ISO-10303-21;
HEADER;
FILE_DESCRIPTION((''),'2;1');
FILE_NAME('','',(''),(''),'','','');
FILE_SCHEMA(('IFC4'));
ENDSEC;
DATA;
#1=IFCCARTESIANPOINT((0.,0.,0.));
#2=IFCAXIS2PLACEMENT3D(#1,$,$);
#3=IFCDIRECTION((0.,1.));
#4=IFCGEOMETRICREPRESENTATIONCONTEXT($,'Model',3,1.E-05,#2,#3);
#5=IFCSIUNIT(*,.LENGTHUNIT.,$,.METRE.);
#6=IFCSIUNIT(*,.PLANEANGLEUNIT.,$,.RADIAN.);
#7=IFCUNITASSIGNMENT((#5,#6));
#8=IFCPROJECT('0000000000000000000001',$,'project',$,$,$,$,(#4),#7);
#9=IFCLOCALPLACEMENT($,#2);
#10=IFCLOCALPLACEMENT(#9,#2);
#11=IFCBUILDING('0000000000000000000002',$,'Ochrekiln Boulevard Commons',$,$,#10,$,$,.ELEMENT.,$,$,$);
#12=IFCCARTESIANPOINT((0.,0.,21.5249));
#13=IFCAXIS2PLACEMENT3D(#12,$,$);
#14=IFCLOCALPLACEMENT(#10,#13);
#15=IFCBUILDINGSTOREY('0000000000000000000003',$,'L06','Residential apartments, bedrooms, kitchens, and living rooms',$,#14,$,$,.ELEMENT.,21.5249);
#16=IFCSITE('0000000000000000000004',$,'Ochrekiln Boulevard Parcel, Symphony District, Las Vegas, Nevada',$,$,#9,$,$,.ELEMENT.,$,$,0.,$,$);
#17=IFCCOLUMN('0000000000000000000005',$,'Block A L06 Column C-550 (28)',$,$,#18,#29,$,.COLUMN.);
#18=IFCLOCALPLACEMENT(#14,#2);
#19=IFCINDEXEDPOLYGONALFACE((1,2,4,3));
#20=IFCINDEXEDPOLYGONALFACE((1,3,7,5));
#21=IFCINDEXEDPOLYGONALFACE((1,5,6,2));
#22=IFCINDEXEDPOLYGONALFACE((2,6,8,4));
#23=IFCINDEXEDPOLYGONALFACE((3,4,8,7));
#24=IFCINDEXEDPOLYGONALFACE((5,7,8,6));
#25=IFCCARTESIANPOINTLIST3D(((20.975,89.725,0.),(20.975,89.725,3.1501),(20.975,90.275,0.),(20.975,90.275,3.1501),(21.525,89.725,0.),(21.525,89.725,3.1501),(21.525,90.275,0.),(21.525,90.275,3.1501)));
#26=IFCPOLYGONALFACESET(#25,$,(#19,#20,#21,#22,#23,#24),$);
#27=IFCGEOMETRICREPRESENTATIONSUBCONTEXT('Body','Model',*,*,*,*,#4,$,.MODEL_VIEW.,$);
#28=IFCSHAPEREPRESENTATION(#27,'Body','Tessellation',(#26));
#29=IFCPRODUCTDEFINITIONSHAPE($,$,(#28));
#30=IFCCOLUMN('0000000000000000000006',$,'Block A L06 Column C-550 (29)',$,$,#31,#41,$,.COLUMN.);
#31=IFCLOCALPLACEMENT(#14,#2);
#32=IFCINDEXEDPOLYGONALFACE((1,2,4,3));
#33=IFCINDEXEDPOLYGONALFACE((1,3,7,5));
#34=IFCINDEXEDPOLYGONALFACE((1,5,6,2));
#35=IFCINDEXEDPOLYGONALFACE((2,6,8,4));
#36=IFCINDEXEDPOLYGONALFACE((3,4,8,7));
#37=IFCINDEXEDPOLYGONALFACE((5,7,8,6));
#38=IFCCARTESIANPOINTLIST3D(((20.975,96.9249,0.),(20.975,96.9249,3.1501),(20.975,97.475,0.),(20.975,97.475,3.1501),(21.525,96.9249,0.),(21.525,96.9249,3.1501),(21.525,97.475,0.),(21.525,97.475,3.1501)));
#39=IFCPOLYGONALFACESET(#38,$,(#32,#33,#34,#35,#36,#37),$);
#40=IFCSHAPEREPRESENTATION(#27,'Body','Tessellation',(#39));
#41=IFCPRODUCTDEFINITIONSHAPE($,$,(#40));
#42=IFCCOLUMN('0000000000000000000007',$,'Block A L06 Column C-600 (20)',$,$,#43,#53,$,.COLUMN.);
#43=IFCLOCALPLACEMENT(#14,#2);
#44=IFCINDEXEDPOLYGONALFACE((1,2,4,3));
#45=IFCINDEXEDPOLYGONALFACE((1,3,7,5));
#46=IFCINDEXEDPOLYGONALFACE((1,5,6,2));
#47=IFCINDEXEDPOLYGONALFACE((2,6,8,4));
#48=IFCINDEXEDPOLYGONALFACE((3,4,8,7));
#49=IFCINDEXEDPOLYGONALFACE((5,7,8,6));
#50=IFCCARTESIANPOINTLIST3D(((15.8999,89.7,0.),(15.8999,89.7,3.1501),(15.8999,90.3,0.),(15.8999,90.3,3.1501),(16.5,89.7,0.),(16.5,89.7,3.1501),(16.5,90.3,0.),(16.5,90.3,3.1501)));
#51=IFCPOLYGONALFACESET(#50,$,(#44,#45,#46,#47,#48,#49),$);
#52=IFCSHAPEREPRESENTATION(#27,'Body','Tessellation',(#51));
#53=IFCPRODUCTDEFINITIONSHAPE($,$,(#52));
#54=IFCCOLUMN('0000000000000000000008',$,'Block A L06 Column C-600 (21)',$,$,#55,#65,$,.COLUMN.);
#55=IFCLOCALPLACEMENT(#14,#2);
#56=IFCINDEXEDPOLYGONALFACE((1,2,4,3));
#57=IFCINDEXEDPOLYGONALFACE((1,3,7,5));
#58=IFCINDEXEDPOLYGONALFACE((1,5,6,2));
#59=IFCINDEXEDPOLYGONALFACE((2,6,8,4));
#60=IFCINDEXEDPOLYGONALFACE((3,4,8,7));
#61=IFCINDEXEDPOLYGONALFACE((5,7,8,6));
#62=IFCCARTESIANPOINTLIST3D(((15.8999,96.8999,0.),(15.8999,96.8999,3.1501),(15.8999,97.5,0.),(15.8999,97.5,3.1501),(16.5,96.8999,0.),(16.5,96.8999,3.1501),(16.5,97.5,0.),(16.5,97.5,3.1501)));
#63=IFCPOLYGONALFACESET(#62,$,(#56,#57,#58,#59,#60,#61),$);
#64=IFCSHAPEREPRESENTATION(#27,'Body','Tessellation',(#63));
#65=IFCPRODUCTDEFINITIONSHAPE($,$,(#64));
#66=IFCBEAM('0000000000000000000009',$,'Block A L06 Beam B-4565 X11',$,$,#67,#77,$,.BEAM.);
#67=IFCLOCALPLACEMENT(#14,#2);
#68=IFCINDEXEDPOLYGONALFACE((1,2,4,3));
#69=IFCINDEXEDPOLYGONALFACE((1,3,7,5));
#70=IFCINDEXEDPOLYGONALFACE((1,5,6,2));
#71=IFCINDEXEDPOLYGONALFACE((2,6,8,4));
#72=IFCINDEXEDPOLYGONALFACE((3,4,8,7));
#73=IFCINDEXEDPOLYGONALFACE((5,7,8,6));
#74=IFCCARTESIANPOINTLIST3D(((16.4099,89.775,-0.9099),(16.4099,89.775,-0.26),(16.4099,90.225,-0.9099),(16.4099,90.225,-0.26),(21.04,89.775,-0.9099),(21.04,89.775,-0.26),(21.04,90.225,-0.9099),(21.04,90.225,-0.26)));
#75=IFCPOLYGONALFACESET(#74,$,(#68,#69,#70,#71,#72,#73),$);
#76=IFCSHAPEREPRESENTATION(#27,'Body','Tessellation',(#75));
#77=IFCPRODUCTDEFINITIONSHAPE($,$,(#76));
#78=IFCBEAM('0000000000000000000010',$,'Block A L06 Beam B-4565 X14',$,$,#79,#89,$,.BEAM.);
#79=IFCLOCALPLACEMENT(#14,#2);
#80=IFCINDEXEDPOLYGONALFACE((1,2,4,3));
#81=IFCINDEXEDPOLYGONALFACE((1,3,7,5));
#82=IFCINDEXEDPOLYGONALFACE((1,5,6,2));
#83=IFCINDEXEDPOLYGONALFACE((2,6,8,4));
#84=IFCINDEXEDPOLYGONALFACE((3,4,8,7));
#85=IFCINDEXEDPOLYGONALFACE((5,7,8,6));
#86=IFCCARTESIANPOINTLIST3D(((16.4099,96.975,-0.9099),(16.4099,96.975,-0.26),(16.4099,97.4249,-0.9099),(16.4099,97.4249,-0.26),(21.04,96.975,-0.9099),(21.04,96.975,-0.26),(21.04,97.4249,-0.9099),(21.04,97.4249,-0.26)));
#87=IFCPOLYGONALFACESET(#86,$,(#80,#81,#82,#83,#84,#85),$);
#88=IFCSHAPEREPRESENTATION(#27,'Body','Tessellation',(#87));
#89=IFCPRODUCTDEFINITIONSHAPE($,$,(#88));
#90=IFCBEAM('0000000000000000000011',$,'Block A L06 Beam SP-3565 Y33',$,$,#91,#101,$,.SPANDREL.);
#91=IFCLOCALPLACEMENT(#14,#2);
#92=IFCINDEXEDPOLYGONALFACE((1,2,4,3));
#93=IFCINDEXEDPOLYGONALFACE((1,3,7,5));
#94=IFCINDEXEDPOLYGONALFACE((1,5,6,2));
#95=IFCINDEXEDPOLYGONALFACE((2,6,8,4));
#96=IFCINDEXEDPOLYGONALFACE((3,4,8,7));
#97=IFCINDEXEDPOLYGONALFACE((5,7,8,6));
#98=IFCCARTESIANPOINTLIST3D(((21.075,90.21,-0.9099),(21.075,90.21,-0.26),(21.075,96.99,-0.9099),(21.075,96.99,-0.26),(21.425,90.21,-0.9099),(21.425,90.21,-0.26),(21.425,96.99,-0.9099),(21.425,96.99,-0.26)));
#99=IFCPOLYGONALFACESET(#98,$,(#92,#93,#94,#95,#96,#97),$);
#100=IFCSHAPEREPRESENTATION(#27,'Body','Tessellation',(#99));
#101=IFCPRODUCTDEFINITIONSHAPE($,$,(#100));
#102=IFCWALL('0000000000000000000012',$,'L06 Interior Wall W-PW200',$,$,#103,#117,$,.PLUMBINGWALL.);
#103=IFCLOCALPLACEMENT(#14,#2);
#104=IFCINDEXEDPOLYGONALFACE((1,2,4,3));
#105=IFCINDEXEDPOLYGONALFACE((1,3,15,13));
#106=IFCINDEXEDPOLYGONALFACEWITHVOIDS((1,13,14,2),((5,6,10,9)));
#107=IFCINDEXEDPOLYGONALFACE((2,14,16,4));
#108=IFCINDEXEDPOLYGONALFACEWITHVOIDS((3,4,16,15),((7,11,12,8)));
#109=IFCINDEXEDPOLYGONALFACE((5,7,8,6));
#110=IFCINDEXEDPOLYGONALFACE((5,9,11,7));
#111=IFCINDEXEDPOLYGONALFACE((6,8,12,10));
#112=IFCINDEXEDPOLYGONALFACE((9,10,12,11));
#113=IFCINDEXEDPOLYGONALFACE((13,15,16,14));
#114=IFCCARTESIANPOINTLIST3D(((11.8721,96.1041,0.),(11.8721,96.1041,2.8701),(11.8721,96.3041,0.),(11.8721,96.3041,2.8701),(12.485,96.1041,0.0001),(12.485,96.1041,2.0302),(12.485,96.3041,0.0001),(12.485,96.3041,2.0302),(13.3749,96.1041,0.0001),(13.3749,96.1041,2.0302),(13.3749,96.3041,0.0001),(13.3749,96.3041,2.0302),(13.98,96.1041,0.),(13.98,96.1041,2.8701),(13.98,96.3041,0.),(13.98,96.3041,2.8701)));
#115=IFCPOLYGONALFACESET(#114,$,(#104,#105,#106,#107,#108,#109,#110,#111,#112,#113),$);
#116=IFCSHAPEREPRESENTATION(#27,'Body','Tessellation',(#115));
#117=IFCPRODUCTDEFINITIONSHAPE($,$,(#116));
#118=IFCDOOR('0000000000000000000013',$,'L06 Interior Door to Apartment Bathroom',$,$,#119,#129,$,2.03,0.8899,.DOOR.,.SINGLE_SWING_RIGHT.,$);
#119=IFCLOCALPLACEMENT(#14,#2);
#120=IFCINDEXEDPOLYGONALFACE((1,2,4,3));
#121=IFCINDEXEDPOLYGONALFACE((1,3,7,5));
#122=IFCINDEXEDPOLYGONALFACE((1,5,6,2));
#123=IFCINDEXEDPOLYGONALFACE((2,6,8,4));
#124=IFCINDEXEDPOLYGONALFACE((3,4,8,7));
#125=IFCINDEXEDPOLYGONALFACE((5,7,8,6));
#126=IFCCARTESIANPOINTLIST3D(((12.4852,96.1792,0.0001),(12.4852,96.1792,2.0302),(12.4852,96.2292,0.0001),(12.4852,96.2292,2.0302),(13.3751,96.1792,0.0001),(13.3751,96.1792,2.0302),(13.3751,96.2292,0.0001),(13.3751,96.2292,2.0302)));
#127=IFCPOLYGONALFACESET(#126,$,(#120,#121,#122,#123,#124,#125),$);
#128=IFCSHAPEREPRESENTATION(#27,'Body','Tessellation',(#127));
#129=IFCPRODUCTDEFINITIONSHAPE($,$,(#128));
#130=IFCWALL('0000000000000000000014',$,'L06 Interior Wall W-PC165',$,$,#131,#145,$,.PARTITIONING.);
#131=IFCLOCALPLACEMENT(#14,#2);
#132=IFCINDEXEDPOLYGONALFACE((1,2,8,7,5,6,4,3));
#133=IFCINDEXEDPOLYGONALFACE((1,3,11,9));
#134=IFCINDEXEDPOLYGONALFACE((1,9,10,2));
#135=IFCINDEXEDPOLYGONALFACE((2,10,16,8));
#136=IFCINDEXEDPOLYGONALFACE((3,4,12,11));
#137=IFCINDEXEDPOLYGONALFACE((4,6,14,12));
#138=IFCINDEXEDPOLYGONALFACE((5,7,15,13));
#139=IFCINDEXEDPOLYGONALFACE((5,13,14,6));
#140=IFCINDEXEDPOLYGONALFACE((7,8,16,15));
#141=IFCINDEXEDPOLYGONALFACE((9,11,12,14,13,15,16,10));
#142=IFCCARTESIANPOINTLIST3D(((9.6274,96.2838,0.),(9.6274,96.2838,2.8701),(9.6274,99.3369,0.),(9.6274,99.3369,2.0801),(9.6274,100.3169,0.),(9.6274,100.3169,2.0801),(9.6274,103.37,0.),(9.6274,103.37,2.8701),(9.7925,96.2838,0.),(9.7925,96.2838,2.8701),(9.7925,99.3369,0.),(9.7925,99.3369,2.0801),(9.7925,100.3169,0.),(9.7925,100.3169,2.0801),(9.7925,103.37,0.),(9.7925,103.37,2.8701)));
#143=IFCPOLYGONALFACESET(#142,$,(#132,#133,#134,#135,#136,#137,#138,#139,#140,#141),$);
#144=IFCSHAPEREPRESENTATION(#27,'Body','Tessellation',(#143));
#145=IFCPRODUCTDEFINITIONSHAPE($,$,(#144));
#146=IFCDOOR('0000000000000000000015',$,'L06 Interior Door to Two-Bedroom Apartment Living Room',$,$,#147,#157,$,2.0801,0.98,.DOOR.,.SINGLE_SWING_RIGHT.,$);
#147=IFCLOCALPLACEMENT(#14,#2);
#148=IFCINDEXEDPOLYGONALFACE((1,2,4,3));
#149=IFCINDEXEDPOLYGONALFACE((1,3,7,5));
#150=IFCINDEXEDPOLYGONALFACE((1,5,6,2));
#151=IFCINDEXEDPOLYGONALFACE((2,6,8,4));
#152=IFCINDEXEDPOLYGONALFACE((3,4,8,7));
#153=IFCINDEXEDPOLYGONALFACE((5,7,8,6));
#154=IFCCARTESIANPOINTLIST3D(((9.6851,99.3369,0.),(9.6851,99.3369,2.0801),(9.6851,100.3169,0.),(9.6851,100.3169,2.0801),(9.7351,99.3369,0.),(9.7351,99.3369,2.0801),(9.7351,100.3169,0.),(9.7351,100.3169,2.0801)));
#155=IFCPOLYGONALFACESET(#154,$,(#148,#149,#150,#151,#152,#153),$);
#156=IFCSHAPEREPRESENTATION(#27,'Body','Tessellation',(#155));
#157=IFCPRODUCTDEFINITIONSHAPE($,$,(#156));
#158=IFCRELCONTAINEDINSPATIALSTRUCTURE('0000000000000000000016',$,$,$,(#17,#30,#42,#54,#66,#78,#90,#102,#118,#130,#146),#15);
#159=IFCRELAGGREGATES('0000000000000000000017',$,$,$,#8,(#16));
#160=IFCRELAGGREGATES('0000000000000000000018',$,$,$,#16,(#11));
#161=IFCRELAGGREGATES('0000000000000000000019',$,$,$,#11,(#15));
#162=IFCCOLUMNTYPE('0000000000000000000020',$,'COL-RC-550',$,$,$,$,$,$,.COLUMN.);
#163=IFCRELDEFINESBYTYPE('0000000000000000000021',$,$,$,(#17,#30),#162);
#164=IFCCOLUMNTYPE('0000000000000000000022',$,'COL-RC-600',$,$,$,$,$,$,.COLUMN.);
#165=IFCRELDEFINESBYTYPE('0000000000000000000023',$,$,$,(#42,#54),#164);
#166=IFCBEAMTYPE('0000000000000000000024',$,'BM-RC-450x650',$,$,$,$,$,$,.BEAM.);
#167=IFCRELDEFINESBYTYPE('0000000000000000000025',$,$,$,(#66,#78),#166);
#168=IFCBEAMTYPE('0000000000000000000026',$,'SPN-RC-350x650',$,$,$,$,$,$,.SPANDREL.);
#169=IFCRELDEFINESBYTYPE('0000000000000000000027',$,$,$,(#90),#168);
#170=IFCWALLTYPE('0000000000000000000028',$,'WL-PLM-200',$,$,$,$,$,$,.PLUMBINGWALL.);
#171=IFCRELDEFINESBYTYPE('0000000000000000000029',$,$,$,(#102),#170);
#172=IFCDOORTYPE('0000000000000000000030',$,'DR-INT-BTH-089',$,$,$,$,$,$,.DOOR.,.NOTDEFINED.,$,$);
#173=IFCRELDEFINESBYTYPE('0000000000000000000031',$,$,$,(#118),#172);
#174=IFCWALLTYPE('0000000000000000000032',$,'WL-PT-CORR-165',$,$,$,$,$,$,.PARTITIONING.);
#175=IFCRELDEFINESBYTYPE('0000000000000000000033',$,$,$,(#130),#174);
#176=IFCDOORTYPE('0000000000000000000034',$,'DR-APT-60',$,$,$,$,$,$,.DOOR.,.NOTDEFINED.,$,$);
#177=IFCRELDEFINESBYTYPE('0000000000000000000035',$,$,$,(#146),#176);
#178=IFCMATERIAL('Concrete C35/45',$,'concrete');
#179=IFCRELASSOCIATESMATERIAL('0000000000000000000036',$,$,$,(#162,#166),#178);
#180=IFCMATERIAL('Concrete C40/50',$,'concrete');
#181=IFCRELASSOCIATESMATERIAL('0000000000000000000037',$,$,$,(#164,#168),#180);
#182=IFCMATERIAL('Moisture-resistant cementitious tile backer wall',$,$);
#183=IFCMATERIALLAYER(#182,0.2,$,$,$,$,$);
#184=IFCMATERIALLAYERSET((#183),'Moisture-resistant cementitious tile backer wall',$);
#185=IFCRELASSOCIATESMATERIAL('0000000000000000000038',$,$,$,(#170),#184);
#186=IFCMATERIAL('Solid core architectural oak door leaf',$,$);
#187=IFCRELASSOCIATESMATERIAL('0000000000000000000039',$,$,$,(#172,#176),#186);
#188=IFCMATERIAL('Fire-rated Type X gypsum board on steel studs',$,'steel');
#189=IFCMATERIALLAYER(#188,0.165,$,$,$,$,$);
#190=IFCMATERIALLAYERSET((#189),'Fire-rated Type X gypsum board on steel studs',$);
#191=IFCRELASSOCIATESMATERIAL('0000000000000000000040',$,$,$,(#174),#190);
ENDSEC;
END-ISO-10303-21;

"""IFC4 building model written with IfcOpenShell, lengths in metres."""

from ifc_helpers import new_model, si_unit, direction, frame, frame_2d, origin, origin_2d, place, context, subcontext, project, spatial, rectangle, extrude, material, layer, layer_set, material_profile, profile_set, type_object, element, fill, save


model = new_model("IFC4")

# Units and contexts
model_context = context("Model", 3, precision=1e-05, world=origin(), true_north=direction((0.0, 1.0)))
body_context = subcontext(model_context, "Body", "Model", "MODEL_VIEW")
ifc_project = project(units=[si_unit("LENGTHUNIT", "METRE"), si_unit("PLANEANGLEUNIT", "RADIAN")], contexts=[model_context])

# Site, building, storey
site_placement = place(None, origin())
site = spatial("IfcSite", under=ifc_project, at=site_placement, Name="Ochrekiln Boulevard Parcel, Symphony District, Las Vegas, Nevada", CompositionType="ELEMENT", RefElevation=0.0)
building_placement = place(site_placement, origin())
building = spatial("IfcBuilding", under=site, at=building_placement, Name="Ochrekiln Boulevard Commons", CompositionType="ELEMENT")
storey_placement = place(building_placement, frame((0.0, 0.0, 21.5249)))
storey = spatial("IfcBuildingStorey", under=building, at=storey_placement, Name="L06", Description="Residential apartments, bedrooms, kitchens, and living rooms", CompositionType="ELEMENT", Elevation=21.5249)

# Columns
ifc_material_1 = material(Name="Concrete C35/45", Category="concrete")
ifc_material_profile_1 = material_profile(ifc_material_1, rectangle(XDim=0.55, YDim=0.55, at=origin_2d()), Name="RC-COL-550x550")
ifc_profile_set_1 = profile_set([ifc_material_profile_1], Name="Concrete C35/45")
column_type_1 = type_object("IfcColumnType", Name="COL-RC-550", PredefinedType="COLUMN", material=ifc_profile_set_1)
for number, where, z_axis, x_axis, name in (
    (1, (21.25, 90.0, 0.0), (0.0, 0.0, 1.0), (1.0, 0.0, 0.0), "Block A L06 Column C-550 (28)"),
    (2, (21.25, 97.2, 0.0), (0.0, 0.0, 1.0), (1.0, 0.0, 0.0), "Block A L06 Column C-550 (29)"),
):
    element("IfcColumn", number, at=place(storey_placement, frame(where, z_axis=z_axis, x_axis=x_axis)), inside=storey, type_object=column_type_1, Name=name, PredefinedType="COLUMN", context=body_context, shape_type="SweptSolid", body=[
        extrude(rectangle(XDim=0.55, YDim=0.55, at=origin_2d()), origin(), (0.0, 0.0, 1.0), 3.1501),
    ])
ifc_material_2 = material(Name="Concrete C40/50", Category="concrete")
ifc_material_profile_2 = material_profile(ifc_material_2, rectangle(XDim=0.6001, YDim=0.6001, at=origin_2d()), Name="RC-COL-600x600")
ifc_profile_set_2 = profile_set([ifc_material_profile_2], Name="Concrete C40/50")
column_type_2 = type_object("IfcColumnType", Name="COL-RC-600", PredefinedType="COLUMN", material=ifc_profile_set_2)
for number, where, z_axis, x_axis, name in (
    (3, (16.2, 90.0, 0.0), (0.0, 0.0, 1.0), (1.0, 0.0, 0.0), "Block A L06 Column C-600 (20)"),
    (4, (16.2, 97.2, 0.0), (0.0, 0.0, 1.0), (1.0, 0.0, 0.0), "Block A L06 Column C-600 (21)"),
):
    element("IfcColumn", number, at=place(storey_placement, frame(where, z_axis=z_axis, x_axis=x_axis)), inside=storey, type_object=column_type_2, Name=name, PredefinedType="COLUMN", context=body_context, shape_type="SweptSolid", body=[
        extrude(rectangle(XDim=0.6001, YDim=0.6001, at=origin_2d()), origin(), (0.0, 0.0, 1.0), 3.1501),
    ])

# Beams
ifc_material_profile_3 = material_profile(ifc_material_1, rectangle(XDim=0.45, YDim=0.6499, at=origin_2d()), Name="RC-BM-450x650")
ifc_profile_set_3 = profile_set([ifc_material_profile_3], Name="Concrete C35/45")
beam_type_1 = type_object("IfcBeamType", Name="BM-RC-450x650", PredefinedType="BEAM", material=ifc_profile_set_3)
for number, where, z_axis, x_axis, name in (
    (5, (16.4099, 90.0, -0.585), (1.0, 0.0, 0.0), (0.0, 1.0, 0.0), "Block A L06 Beam B-4565 X11"),
    (6, (16.4099, 97.2, -0.585), (1.0, 0.0, 0.0), (0.0, 1.0, 0.0), "Block A L06 Beam B-4565 X14"),
):
    element("IfcBeam", number, at=place(storey_placement, frame(where, z_axis=z_axis, x_axis=x_axis)), inside=storey, type_object=beam_type_1, Name=name, PredefinedType="BEAM", context=body_context, shape_type="SweptSolid", body=[
        extrude(rectangle(XDim=0.45, YDim=0.6499, at=origin_2d()), origin(), (0.0, 0.0, 1.0), 4.6301),
    ])
ifc_material_profile_4 = material_profile(ifc_material_2, rectangle(XDim=0.3501, YDim=0.6499, at=origin_2d()), Name="RC-SPN-350x650")
ifc_profile_set_4 = profile_set([ifc_material_profile_4], Name="Concrete C40/50")
beam_type_2 = type_object("IfcBeamType", Name="SPN-RC-350x650", PredefinedType="SPANDREL", material=ifc_profile_set_4)
beam_placement = place(storey_placement, frame((21.25, 90.21, -0.585), z_axis=(0.0, 1.0, 0.0), x_axis=(-1.0, 0.0, 0.0)))
element("IfcBeam", 7, at=beam_placement, inside=storey, type_object=beam_type_2, Name="Block A L06 Beam SP-3565 Y33", PredefinedType="SPANDREL", context=body_context, shape_type="SweptSolid", body=[
    extrude(rectangle(XDim=0.3501, YDim=0.6499, at=origin_2d()), origin(), (0.0, 0.0, 1.0), 6.78),
])

# Walls, openings, doors
ifc_material_3 = material(Name="Moisture-resistant cementitious tile backer wall")
ifc_layer_1 = layer(ifc_material_3, 0.2)
ifc_layer_set_1 = layer_set([ifc_layer_1], Name="Moisture-resistant cementitious tile backer wall")
wall_type_1 = type_object("IfcWallType", Name="WL-PLM-200", PredefinedType="PLUMBINGWALL", material=ifc_layer_set_1)
wall_1_placement = place(storey_placement, frame((11.8721, 96.2041, 0.0), z_axis=(0.0, 0.0, 1.0), x_axis=(1.0, 0.0, 0.0)))
wall_1 = element("IfcWall", 8, at=wall_1_placement, inside=storey, type_object=wall_type_1, Name="L06 Interior Wall W-PW200", PredefinedType="PLUMBINGWALL", context=body_context, shape_type="SweptSolid", body=[
    extrude(rectangle(XDim=2.1079, YDim=0.2, at=frame_2d((1.054, 0.0))), origin(), (0.0, 0.0, 1.0), 2.8701),
])
opening_1_placement = place(wall_1_placement, frame((0.613, 0.0, 0.0)))
opening_1 = element("IfcOpeningElement", 9, at=opening_1_placement, cuts=wall_1, PredefinedType="OPENING", context=body_context, shape_type="SweptSolid", body=[
    extrude(rectangle(XDim=0.8899, YDim=2.03, at=frame_2d((0.4448, 1.0151))), frame((0.0, 0.1099, 0.0), z_axis=(0.0, -1.0, 0.0), x_axis=(1.0, 0.0, 0.0)), (0.0, 0.0, 1.0), 0.22),
])
ifc_material_4 = material(Name="Solid core architectural oak door leaf")
door_type_1 = type_object("IfcDoorType", Name="DR-INT-BTH-089", OperationType="NOTDEFINED", PredefinedType="DOOR", material=ifc_material_4)
door_1_placement = place(opening_1_placement, frame((0.8899, 0.0, 0.0), z_axis=(0.0, 0.0, 1.0), x_axis=(-1.0, 0.0, 0.0)))
door_1 = element("IfcDoor", 10, at=door_1_placement, inside=storey, type_object=door_type_1, Name="L06 Interior Door to Apartment Bathroom", OperationType="SINGLE_SWING_RIGHT", OverallHeight=2.03, OverallWidth=0.8899, PredefinedType="DOOR", context=body_context, shape_type="SweptSolid", body=[
    extrude(rectangle(XDim=0.8899, YDim=2.03, at=frame_2d((0.4448, 1.0151))), frame((0.0, 0.0249, 0.0), z_axis=(0.0, -1.0, 0.0), x_axis=(1.0, 0.0, 0.0)), (0.0, 0.0, 1.0), 0.05),
])
fill(opening_1, door_1)
ifc_material_5 = material(Name="Fire-rated Type X gypsum board on steel studs", Category="steel")
ifc_layer_2 = layer(ifc_material_5, 0.165)
ifc_layer_set_2 = layer_set([ifc_layer_2], Name="Fire-rated Type X gypsum board on steel studs")
wall_type_2 = type_object("IfcWallType", Name="WL-PT-CORR-165", PredefinedType="PARTITIONING", material=ifc_layer_set_2)
wall_2_placement = place(storey_placement, frame((9.71, 96.2839, 0.0), z_axis=(0.0, 0.0, 1.0), x_axis=(0.0, 1.0, 0.0)))
wall_2 = element("IfcWall", 11, at=wall_2_placement, inside=storey, type_object=wall_type_2, Name="L06 Interior Wall W-PC165", PredefinedType="PARTITIONING", context=body_context, shape_type="SweptSolid", body=[
    extrude(rectangle(XDim=7.0862, YDim=0.165, at=frame_2d((3.543, 0.0))), origin(), (0.0, 0.0, 1.0), 2.8701),
])
opening_2_placement = place(wall_2_placement, frame((3.053, 0.0, 0.0)))
opening_2 = element("IfcOpeningElement", 12, at=opening_2_placement, cuts=wall_2, PredefinedType="OPENING", context=body_context, shape_type="SweptSolid", body=[
    extrude(rectangle(XDim=0.98, YDim=2.0801, at=frame_2d((0.49, 1.04))), frame((0.0, 0.0925, 0.0), z_axis=(0.0, -1.0, 0.0), x_axis=(1.0, 0.0, 0.0)), (0.0, 0.0, 1.0), 0.1851),
])
door_type_2 = type_object("IfcDoorType", Name="DR-APT-60", OperationType="NOTDEFINED", PredefinedType="DOOR", material=ifc_material_4)
door_2_placement = place(opening_2_placement, origin())
door_2 = element("IfcDoor", 13, at=door_2_placement, inside=storey, type_object=door_type_2, Name="L06 Interior Door to Two-Bedroom Apartment Living Room", OperationType="SINGLE_SWING_RIGHT", OverallHeight=2.0801, OverallWidth=0.98, PredefinedType="DOOR", context=body_context, shape_type="SweptSolid", body=[
    extrude(rectangle(XDim=0.98, YDim=2.0801, at=frame_2d((0.49, 1.04))), frame((0.0, 0.0249, 0.0), z_axis=(0.0, -1.0, 0.0), x_axis=(1.0, 0.0, 0.0)), (0.0, 0.0, 1.0), 0.05),
])
fill(opening_2, door_2)

save(model, "model.ifc")
